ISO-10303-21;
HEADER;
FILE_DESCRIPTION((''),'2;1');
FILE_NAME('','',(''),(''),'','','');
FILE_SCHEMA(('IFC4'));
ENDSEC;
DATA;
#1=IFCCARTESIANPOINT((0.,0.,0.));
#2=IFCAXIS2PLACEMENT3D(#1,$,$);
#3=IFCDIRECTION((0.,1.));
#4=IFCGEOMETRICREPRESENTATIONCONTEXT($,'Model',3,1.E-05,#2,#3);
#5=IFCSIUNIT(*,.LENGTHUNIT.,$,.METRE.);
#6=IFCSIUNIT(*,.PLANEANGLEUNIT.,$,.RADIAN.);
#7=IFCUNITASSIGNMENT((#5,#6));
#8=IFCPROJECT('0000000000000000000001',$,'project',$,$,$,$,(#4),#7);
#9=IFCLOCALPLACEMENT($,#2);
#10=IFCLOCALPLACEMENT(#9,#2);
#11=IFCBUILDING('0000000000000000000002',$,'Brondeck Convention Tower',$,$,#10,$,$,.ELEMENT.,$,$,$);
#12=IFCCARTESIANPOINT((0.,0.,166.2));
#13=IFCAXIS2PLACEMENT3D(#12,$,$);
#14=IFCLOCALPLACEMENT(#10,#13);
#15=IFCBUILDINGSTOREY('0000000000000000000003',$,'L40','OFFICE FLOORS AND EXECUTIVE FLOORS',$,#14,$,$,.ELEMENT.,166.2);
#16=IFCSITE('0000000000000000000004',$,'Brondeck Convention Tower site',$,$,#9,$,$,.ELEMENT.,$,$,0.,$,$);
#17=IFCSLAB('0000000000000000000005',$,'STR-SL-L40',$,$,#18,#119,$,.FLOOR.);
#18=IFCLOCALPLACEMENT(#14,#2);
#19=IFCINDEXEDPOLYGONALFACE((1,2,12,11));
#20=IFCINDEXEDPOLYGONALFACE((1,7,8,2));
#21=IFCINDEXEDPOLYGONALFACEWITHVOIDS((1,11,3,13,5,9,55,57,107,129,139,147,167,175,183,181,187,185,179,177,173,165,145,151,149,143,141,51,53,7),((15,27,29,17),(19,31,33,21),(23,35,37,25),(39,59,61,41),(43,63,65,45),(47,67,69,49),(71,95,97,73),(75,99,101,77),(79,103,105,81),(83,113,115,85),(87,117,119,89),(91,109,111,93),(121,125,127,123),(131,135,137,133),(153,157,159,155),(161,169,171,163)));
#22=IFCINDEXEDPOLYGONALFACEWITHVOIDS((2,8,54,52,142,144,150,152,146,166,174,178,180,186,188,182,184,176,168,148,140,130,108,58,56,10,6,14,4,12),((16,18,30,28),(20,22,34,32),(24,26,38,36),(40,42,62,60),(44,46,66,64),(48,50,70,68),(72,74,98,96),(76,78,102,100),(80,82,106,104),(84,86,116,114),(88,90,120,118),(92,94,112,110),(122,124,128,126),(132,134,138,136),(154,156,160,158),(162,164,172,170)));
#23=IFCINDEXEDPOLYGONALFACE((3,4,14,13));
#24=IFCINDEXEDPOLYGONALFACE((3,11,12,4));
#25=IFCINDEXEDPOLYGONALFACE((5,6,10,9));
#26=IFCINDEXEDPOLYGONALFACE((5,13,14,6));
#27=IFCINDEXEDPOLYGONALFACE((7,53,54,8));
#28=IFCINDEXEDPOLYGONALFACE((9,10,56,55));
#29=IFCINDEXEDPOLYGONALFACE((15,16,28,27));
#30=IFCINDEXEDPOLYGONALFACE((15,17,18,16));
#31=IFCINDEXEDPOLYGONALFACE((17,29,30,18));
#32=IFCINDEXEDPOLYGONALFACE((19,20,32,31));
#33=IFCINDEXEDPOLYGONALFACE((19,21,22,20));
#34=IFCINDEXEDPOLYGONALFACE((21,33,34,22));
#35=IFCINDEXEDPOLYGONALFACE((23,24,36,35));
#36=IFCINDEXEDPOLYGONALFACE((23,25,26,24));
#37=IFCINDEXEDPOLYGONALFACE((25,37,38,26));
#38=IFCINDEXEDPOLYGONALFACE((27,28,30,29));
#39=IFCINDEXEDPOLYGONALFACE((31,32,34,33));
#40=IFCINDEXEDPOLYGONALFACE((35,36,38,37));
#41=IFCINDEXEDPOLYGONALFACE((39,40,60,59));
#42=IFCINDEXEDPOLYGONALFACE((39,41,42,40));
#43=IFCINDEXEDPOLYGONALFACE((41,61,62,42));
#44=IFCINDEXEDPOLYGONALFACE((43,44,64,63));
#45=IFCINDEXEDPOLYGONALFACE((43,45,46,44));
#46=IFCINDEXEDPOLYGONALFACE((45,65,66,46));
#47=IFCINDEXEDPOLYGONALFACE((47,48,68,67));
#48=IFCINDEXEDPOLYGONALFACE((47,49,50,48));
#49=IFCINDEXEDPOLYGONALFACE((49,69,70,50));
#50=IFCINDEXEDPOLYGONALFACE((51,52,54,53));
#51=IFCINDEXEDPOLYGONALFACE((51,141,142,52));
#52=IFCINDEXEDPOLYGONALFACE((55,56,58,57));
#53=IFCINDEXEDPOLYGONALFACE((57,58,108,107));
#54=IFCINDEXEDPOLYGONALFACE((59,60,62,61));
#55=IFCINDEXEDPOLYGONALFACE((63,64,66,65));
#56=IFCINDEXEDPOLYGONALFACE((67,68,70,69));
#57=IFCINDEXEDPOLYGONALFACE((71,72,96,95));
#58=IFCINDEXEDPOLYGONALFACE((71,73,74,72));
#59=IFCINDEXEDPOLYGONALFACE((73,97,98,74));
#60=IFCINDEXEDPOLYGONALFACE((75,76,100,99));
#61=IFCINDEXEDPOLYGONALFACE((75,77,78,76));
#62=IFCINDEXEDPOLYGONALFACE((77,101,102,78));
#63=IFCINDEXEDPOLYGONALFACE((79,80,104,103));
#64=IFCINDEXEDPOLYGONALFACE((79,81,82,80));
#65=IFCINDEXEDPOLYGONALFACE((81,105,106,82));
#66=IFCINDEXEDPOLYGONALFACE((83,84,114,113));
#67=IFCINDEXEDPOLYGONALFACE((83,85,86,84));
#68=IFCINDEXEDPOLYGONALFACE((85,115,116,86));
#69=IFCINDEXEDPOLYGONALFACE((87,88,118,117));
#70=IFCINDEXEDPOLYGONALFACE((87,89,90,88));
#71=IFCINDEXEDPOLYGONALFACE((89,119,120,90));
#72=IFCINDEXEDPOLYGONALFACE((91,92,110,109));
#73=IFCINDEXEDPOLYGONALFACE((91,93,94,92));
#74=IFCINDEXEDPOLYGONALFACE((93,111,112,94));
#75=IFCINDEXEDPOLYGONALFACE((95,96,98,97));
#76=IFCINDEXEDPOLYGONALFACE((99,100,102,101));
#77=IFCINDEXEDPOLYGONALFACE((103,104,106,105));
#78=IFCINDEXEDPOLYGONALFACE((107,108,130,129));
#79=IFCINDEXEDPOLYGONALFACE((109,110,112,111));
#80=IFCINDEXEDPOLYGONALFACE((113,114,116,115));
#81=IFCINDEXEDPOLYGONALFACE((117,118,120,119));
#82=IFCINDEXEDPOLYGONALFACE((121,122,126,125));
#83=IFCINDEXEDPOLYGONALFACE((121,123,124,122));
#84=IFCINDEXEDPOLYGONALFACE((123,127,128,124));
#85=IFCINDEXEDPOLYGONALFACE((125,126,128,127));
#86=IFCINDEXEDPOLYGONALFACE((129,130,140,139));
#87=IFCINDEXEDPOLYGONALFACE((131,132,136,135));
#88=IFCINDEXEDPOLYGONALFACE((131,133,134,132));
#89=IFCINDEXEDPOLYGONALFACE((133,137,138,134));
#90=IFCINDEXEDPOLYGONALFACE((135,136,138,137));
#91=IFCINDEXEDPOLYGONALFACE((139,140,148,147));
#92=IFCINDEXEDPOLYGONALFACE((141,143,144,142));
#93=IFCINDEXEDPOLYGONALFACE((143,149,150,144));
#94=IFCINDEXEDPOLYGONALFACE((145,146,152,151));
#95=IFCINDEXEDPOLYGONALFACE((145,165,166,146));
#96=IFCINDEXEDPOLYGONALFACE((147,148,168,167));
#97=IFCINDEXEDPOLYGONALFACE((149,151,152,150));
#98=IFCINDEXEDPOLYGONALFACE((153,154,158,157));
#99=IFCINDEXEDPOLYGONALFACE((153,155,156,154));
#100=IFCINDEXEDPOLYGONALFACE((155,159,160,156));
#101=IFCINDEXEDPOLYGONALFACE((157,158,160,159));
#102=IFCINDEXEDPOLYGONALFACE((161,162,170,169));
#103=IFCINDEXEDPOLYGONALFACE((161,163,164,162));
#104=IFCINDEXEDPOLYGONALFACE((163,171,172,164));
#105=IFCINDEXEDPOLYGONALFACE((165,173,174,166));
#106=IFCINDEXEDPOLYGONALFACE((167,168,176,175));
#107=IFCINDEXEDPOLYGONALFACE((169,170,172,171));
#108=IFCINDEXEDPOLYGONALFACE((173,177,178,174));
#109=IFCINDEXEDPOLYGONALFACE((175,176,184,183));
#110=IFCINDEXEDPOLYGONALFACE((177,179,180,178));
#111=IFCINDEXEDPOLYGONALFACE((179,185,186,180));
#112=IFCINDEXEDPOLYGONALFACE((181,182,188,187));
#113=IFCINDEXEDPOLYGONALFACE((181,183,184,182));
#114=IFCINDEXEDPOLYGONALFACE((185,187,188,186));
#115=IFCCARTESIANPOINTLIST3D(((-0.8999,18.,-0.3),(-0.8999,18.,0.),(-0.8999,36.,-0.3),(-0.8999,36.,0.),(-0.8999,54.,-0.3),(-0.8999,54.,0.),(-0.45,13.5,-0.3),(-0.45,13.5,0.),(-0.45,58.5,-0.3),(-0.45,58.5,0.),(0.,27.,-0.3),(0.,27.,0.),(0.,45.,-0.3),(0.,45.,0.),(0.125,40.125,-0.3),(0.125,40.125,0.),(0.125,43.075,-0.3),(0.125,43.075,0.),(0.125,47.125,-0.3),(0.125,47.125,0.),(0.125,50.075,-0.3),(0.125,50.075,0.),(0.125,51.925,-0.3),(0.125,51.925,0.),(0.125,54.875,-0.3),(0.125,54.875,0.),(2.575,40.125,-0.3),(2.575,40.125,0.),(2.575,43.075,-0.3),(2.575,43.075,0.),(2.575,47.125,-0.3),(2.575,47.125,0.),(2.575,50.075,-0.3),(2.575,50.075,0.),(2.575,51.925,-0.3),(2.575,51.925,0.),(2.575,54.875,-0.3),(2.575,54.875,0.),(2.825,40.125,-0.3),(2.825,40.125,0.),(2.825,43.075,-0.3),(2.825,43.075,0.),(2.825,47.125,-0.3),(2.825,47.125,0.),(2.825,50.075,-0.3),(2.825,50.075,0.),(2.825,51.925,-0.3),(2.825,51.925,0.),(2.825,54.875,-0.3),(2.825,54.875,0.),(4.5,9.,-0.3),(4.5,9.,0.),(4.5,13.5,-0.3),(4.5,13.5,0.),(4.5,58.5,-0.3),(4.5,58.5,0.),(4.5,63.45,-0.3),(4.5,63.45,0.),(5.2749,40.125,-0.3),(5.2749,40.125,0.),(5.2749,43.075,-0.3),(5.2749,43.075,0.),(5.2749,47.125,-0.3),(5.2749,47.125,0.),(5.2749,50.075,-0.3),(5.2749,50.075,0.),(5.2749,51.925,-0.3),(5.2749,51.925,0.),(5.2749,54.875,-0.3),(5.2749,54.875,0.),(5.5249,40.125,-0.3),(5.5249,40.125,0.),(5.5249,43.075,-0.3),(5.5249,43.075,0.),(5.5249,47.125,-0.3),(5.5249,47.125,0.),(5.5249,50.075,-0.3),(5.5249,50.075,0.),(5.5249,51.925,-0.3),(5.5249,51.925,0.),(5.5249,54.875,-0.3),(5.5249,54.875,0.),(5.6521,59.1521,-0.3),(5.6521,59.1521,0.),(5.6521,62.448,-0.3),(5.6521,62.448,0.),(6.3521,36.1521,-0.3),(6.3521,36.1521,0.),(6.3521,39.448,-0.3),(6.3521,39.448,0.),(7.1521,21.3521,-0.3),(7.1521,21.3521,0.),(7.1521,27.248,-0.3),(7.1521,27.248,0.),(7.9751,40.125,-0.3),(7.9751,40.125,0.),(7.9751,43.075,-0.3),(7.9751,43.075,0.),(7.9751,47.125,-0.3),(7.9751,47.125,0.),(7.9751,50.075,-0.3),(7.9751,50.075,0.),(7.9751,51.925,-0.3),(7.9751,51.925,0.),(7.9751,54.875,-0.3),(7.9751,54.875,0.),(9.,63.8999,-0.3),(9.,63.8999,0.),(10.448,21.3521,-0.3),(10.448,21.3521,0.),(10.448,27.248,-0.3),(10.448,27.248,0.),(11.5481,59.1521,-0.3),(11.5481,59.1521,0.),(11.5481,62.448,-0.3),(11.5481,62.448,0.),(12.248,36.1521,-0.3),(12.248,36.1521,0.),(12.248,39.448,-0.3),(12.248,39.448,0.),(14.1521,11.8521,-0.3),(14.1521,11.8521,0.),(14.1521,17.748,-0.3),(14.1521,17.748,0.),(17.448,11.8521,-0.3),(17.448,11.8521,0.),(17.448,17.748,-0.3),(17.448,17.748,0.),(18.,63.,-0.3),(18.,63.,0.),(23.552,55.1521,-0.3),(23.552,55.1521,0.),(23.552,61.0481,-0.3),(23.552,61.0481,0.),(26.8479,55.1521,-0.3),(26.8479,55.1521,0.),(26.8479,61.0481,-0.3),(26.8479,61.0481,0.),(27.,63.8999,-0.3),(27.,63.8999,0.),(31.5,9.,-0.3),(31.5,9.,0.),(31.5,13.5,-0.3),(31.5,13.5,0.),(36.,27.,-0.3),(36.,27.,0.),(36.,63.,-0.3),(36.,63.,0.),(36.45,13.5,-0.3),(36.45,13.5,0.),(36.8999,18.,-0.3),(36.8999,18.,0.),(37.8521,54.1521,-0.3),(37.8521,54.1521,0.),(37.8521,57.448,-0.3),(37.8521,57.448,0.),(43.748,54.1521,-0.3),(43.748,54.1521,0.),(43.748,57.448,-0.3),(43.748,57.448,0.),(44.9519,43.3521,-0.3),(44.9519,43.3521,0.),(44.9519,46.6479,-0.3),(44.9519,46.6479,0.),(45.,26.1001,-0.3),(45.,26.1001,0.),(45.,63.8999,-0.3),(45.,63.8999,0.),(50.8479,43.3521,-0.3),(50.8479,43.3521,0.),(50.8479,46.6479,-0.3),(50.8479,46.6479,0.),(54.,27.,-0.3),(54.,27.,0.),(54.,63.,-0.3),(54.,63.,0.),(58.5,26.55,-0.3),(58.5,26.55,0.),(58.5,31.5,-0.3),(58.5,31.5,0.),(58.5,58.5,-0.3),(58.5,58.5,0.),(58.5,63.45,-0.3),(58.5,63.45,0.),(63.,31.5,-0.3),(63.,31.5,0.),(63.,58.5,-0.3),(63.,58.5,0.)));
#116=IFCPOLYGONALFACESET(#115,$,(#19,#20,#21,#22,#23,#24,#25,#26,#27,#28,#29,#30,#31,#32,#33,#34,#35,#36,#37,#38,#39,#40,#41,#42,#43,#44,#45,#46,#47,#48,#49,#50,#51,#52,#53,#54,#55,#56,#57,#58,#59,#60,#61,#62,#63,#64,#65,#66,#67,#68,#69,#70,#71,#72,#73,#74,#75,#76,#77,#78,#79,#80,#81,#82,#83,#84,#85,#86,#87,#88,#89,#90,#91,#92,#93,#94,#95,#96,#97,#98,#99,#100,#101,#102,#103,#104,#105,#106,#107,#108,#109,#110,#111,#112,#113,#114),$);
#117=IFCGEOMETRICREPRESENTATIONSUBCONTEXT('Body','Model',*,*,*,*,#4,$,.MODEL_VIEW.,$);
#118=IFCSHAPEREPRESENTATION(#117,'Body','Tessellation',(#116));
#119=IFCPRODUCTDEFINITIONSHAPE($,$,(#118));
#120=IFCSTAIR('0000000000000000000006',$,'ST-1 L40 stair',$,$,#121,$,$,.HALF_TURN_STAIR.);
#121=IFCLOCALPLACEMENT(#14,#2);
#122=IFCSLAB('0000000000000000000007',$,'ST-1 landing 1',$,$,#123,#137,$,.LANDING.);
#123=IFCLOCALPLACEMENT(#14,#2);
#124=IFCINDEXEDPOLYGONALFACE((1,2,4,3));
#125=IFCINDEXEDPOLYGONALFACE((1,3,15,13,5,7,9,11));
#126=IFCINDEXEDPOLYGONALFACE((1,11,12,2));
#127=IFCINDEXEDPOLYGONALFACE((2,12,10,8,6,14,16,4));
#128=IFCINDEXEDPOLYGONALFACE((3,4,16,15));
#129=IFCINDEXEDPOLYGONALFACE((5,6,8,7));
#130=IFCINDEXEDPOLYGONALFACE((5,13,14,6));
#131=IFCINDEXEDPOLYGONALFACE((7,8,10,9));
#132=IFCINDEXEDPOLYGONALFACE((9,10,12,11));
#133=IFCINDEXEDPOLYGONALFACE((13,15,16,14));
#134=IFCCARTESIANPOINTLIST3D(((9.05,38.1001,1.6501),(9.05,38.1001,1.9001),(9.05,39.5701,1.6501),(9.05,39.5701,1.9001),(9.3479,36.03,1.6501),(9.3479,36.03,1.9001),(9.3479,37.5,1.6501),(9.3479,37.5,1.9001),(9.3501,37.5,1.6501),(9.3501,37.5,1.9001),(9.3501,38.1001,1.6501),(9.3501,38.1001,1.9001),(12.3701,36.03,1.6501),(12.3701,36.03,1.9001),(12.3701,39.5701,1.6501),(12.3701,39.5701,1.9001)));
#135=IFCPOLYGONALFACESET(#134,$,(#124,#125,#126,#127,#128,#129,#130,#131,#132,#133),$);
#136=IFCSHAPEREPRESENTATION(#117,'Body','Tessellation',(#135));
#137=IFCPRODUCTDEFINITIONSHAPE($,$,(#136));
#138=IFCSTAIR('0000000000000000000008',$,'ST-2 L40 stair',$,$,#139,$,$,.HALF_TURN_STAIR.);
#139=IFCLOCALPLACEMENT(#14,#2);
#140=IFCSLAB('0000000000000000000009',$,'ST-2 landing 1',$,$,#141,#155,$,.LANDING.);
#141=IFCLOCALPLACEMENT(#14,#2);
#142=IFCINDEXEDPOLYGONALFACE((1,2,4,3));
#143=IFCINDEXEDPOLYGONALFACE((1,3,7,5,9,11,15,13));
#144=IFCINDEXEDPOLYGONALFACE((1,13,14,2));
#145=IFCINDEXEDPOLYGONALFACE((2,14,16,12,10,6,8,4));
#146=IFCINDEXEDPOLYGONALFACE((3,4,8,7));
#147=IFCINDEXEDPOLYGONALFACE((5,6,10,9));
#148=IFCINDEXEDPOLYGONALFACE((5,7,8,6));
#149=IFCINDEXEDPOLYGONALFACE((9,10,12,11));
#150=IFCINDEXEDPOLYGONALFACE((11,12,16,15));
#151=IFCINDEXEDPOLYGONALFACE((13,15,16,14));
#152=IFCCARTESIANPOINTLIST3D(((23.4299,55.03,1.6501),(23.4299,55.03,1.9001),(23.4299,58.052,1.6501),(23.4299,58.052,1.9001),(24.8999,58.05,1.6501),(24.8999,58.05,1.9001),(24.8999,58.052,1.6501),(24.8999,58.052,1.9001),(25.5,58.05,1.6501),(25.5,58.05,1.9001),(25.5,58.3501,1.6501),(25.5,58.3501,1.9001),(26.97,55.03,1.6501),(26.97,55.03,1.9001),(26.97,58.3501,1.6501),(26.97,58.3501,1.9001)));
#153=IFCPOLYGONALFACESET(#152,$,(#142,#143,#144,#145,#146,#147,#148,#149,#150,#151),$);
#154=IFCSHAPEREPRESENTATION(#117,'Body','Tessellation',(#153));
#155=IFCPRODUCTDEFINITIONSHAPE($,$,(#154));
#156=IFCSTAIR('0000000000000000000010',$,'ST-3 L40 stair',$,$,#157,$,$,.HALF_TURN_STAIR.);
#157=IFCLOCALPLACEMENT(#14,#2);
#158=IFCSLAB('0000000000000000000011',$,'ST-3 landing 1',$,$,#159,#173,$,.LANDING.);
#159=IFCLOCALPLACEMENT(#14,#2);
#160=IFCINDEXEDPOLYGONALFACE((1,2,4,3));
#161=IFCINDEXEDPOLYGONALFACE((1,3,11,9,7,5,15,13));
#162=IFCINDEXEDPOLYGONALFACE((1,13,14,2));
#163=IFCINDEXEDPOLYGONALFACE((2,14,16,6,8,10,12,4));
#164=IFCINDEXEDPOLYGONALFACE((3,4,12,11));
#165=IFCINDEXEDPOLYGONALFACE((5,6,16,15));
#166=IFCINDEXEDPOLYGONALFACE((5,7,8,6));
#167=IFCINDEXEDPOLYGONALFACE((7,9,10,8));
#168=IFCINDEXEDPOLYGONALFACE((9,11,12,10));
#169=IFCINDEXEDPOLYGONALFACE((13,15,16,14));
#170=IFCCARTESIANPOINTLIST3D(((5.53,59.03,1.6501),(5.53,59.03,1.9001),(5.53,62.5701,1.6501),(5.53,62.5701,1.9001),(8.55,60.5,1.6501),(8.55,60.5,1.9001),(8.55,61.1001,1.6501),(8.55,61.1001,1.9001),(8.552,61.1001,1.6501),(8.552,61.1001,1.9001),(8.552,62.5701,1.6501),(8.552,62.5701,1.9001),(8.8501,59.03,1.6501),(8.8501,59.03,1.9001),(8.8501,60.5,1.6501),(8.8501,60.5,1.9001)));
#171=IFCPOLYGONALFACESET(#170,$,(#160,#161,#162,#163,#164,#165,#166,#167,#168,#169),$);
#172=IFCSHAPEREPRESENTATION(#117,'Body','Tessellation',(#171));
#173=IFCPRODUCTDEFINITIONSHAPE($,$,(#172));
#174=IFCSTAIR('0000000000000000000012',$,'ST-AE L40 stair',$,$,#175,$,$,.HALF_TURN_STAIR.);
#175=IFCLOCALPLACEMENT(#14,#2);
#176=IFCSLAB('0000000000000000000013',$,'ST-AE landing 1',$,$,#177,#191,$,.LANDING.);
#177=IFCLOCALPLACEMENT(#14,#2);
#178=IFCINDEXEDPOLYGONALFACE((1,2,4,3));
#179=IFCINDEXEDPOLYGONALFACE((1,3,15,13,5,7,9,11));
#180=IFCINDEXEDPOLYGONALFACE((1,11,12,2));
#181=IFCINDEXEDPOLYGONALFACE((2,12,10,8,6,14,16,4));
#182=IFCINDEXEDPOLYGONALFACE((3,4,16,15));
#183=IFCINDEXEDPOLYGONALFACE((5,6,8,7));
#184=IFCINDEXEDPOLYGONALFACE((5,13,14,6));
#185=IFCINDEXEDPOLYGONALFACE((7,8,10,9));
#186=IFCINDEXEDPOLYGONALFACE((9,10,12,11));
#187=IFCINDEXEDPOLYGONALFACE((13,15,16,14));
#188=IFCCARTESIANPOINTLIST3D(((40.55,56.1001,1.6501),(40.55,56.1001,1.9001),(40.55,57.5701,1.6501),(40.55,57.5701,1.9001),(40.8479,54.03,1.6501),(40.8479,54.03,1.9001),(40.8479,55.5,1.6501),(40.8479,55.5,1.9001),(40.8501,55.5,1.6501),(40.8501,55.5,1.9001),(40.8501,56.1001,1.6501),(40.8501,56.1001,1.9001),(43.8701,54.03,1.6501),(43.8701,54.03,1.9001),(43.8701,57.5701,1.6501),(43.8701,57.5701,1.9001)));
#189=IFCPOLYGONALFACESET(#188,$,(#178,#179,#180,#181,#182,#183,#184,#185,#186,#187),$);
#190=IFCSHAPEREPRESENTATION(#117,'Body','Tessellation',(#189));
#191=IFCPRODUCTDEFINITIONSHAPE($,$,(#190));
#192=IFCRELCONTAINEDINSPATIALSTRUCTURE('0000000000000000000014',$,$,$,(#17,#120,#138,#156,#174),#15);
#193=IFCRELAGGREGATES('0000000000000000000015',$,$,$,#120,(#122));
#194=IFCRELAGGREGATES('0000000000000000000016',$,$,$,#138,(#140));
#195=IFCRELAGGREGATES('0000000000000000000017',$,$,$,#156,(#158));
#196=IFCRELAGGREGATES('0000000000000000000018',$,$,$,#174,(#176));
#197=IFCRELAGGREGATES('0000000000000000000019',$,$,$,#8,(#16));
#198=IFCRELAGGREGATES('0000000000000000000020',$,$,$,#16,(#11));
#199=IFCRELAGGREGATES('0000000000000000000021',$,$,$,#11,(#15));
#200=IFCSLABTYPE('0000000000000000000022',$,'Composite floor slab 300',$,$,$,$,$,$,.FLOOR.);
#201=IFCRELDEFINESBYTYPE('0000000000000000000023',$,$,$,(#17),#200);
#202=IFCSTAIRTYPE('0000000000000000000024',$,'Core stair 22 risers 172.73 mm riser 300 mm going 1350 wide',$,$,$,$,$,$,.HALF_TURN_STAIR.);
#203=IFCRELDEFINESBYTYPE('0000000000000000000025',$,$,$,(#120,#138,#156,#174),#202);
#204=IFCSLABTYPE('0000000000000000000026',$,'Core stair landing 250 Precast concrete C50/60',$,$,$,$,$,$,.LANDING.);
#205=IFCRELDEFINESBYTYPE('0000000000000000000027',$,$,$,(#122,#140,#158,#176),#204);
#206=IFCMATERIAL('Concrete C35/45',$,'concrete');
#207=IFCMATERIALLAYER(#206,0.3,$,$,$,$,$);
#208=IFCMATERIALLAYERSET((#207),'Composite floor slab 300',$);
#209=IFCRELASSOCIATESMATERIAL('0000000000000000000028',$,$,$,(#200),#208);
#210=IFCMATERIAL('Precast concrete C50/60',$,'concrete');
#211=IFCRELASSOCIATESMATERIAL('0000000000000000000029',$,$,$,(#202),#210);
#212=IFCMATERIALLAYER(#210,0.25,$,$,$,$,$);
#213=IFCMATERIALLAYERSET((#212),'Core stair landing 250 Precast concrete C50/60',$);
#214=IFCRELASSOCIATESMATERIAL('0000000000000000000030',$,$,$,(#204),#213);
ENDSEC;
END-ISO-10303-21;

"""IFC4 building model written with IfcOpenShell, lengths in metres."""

from ifc_helpers import new_model, si_unit, direction, frame, origin, place, context, subcontext, project, spatial, polyline, outline, extrude, material, layer, layer_set, type_object, element, aggregate, save


model = new_model("IFC4")

# Units and contexts
model_context = context("Model", 3, precision=1e-05, world=origin(), true_north=direction((0.0, 1.0)))
body_context = subcontext(model_context, "Body", "Model", "MODEL_VIEW")
ifc_project = project(units=[si_unit("LENGTHUNIT", "METRE"), si_unit("PLANEANGLEUNIT", "RADIAN")], contexts=[model_context])

# Site, building, storey
site_placement = place(None, origin())
site = spatial("IfcSite", under=ifc_project, at=site_placement, Name="Brondeck Convention Tower site", CompositionType="ELEMENT", RefElevation=0.0)
building_placement = place(site_placement, origin())
building = spatial("IfcBuilding", under=site, at=building_placement, Name="Brondeck Convention Tower", CompositionType="ELEMENT")
storey_placement = place(building_placement, frame((0.0, 0.0, 166.2)))
storey = spatial("IfcBuildingStorey", under=building, at=storey_placement, Name="L40", Description="OFFICE FLOORS AND EXECUTIVE FLOORS", CompositionType="ELEMENT", Elevation=166.2)

# Slab
ifc_material_1 = material(Name="Concrete C35/45", Category="concrete")
ifc_layer_1 = layer(ifc_material_1, 0.3)
ifc_layer_set_1 = layer_set([ifc_layer_1], Name="Composite floor slab 300")
slab_type_1 = type_object("IfcSlabType", Name="Composite floor slab 300", PredefinedType="FLOOR", material=ifc_layer_set_1)
slab_1_placement = place(storey_placement, frame((0.0, 0.0, -0.3)))
element("IfcSlab", 1, at=slab_1_placement, inside=storey, type_object=slab_type_1, Name="STR-SL-L40", PredefinedType="FLOOR", context=body_context, shape_type="SweptSolid", body=[
    extrude(outline(polyline([(4.5, 13.5), (-0.45, 13.5), (-0.8999, 18.0), (0.0, 27.0), (-0.8999, 36.0), (0.0, 45.0), (-0.8999, 54.0), (-0.45, 58.5), (4.5, 58.5), (4.5, 63.45), (9.0, 63.8999), (18.0, 63.0), (27.0, 63.8999), (36.0, 63.0), (45.0, 63.8999), (54.0, 63.0), (58.5, 63.45), (58.5, 58.5), (63.0, 58.5), (63.0, 31.5), (58.5, 31.5), (58.5, 26.55), (54.0, 27.0), (45.0, 26.1001), (36.0, 27.0), (36.8999, 18.0), (36.45, 13.5), (31.5, 13.5), (31.5, 9.0), (4.5, 9.0), (4.5, 13.5)]), holes=[polyline([(2.575, 40.125), (2.575, 43.075), (0.125, 43.075), (0.125, 40.125), (2.575, 40.125)]), polyline([(5.2749, 40.125), (5.2749, 43.075), (2.825, 43.075), (2.825, 40.125), (5.2749, 40.125)]), polyline([(7.9751, 40.125), (7.9751, 43.075), (5.5249, 43.075), (5.5249, 40.125), (7.9751, 40.125)]), polyline([(2.575, 47.125), (2.575, 50.075), (0.125, 50.075), (0.125, 47.125), (2.575, 47.125)]), polyline([(5.2749, 47.125), (5.2749, 50.075), (2.825, 50.075), (2.825, 47.125), (5.2749, 47.125)]), polyline([(7.9751, 47.125), (7.9751, 50.075), (5.5249, 50.075), (5.5249, 47.125), (7.9751, 47.125)]), polyline([(2.575, 51.925), (2.575, 54.875), (0.125, 54.875), (0.125, 51.925), (2.575, 51.925)]), polyline([(5.2749, 51.925), (5.2749, 54.875), (2.825, 54.875), (2.825, 51.925), (5.2749, 51.925)]), polyline([(17.448, 17.748), (14.1521, 17.748), (14.1521, 11.8521), (17.448, 11.8521), (17.448, 17.748)]), polyline([(10.448, 27.248), (7.1521, 27.248), (7.1521, 21.3521), (10.448, 21.3521), (10.448, 27.248)]), polyline([(12.248, 36.1521), (12.248, 39.448), (6.3521, 39.448), (6.3521, 36.1521), (12.248, 36.1521)]), polyline([(50.8479, 43.3521), (50.8479, 46.6479), (44.9519, 46.6479), (44.9519, 43.3521), (50.8479, 43.3521)]), polyline([(7.9751, 51.925), (7.9751, 54.875), (5.5249, 54.875), (5.5249, 51.925), (7.9751, 51.925)]), polyline([(43.748, 54.1521), (43.748, 57.448), (37.8521, 57.448), (37.8521, 54.1521), (43.748, 54.1521)]), polyline([(23.552, 55.1521), (26.8479, 55.1521), (26.8479, 61.0481), (23.552, 61.0481), (23.552, 55.1521)]), polyline([(5.6521, 62.448), (5.6521, 59.1521), (11.5481, 59.1521), (11.5481, 62.448), (5.6521, 62.448)])]), origin(), (0.0, 0.0, 1.0), 0.3),
])

# Stairs, slabs
ifc_material_2 = material(Name="Precast concrete C50/60", Category="concrete")
stair_type = type_object("IfcStairType", Name="Core stair 22 risers 172.73 mm riser 300 mm going 1350 wide", PredefinedType="HALF_TURN_STAIR", material=ifc_material_2)
stair_1_placement = place(storey_placement, origin())
stair_1 = element("IfcStair", 2, at=stair_1_placement, inside=storey, type_object=stair_type, Name="ST-1 L40 stair", PredefinedType="HALF_TURN_STAIR")
ifc_layer_2 = layer(ifc_material_2, 0.25)
ifc_layer_set_2 = layer_set([ifc_layer_2], Name="Core stair landing 250 Precast concrete C50/60")
slab_type_2 = type_object("IfcSlabType", Name="Core stair landing 250 Precast concrete C50/60", PredefinedType="LANDING", material=ifc_layer_set_2)
slab_2_placement = place(storey_placement, frame((0.0, 0.0, 1.6501)))
slab_2 = element("IfcSlab", 3, at=slab_2_placement, type_object=slab_type_2, Name="ST-1 landing 1", PredefinedType="LANDING", context=body_context, shape_type="SweptSolid", body=[
    extrude(outline(polyline([(9.3479, 37.5), (9.3501, 37.5), (9.3501, 38.1001), (9.05, 38.1001), (9.05, 39.5701), (12.3701, 39.5701), (12.3701, 36.03), (9.3479, 36.03), (9.3479, 37.5)])), origin(), (0.0, 0.0, 1.0), 0.25),
])
aggregate(stair_1, [slab_2])
stair_2_placement = place(storey_placement, origin())
stair_2 = element("IfcStair", 4, at=stair_2_placement, inside=storey, type_object=stair_type, Name="ST-2 L40 stair", PredefinedType="HALF_TURN_STAIR")
slab_3_placement = place(storey_placement, frame((0.0, 0.0, 1.6501)))
slab_3 = element("IfcSlab", 5, at=slab_3_placement, type_object=slab_type_2, Name="ST-2 landing 1", PredefinedType="LANDING", context=body_context, shape_type="SweptSolid", body=[
    extrude(outline(polyline([(23.4299, 58.052), (24.8999, 58.052), (24.8999, 58.05), (25.5, 58.05), (25.5, 58.3501), (26.97, 58.3501), (26.97, 55.03), (23.4299, 55.03), (23.4299, 58.052)])), origin(), (0.0, 0.0, 1.0), 0.25),
])
aggregate(stair_2, [slab_3])
stair_3_placement = place(storey_placement, origin())
stair_3 = element("IfcStair", 6, at=stair_3_placement, inside=storey, type_object=stair_type, Name="ST-3 L40 stair", PredefinedType="HALF_TURN_STAIR")
slab_4_placement = place(storey_placement, frame((0.0, 0.0, 1.6501)))
slab_4 = element("IfcSlab", 7, at=slab_4_placement, type_object=slab_type_2, Name="ST-3 landing 1", PredefinedType="LANDING", context=body_context, shape_type="SweptSolid", body=[
    extrude(outline(polyline([(8.8501, 60.5), (8.8501, 59.03), (5.53, 59.03), (5.53, 62.5701), (8.552, 62.5701), (8.552, 61.1001), (8.55, 61.1001), (8.55, 60.5), (8.8501, 60.5)])), origin(), (0.0, 0.0, 1.0), 0.25),
])
aggregate(stair_3, [slab_4])
stair_4_placement = place(storey_placement, origin())
stair_4 = element("IfcStair", 8, at=stair_4_placement, inside=storey, type_object=stair_type, Name="ST-AE L40 stair", PredefinedType="HALF_TURN_STAIR")
slab_5_placement = place(storey_placement, frame((0.0, 0.0, 1.6501)))
slab_5 = element("IfcSlab", 9, at=slab_5_placement, type_object=slab_type_2, Name="ST-AE landing 1", PredefinedType="LANDING", context=body_context, shape_type="SweptSolid", body=[
    extrude(outline(polyline([(40.8479, 55.5), (40.8501, 55.5), (40.8501, 56.1001), (40.55, 56.1001), (40.55, 57.5701), (43.8701, 57.5701), (43.8701, 54.03), (40.8479, 54.03), (40.8479, 55.5)])), origin(), (0.0, 0.0, 1.0), 0.25),
])
aggregate(stair_4, [slab_5])

save(model, "model.ifc")
